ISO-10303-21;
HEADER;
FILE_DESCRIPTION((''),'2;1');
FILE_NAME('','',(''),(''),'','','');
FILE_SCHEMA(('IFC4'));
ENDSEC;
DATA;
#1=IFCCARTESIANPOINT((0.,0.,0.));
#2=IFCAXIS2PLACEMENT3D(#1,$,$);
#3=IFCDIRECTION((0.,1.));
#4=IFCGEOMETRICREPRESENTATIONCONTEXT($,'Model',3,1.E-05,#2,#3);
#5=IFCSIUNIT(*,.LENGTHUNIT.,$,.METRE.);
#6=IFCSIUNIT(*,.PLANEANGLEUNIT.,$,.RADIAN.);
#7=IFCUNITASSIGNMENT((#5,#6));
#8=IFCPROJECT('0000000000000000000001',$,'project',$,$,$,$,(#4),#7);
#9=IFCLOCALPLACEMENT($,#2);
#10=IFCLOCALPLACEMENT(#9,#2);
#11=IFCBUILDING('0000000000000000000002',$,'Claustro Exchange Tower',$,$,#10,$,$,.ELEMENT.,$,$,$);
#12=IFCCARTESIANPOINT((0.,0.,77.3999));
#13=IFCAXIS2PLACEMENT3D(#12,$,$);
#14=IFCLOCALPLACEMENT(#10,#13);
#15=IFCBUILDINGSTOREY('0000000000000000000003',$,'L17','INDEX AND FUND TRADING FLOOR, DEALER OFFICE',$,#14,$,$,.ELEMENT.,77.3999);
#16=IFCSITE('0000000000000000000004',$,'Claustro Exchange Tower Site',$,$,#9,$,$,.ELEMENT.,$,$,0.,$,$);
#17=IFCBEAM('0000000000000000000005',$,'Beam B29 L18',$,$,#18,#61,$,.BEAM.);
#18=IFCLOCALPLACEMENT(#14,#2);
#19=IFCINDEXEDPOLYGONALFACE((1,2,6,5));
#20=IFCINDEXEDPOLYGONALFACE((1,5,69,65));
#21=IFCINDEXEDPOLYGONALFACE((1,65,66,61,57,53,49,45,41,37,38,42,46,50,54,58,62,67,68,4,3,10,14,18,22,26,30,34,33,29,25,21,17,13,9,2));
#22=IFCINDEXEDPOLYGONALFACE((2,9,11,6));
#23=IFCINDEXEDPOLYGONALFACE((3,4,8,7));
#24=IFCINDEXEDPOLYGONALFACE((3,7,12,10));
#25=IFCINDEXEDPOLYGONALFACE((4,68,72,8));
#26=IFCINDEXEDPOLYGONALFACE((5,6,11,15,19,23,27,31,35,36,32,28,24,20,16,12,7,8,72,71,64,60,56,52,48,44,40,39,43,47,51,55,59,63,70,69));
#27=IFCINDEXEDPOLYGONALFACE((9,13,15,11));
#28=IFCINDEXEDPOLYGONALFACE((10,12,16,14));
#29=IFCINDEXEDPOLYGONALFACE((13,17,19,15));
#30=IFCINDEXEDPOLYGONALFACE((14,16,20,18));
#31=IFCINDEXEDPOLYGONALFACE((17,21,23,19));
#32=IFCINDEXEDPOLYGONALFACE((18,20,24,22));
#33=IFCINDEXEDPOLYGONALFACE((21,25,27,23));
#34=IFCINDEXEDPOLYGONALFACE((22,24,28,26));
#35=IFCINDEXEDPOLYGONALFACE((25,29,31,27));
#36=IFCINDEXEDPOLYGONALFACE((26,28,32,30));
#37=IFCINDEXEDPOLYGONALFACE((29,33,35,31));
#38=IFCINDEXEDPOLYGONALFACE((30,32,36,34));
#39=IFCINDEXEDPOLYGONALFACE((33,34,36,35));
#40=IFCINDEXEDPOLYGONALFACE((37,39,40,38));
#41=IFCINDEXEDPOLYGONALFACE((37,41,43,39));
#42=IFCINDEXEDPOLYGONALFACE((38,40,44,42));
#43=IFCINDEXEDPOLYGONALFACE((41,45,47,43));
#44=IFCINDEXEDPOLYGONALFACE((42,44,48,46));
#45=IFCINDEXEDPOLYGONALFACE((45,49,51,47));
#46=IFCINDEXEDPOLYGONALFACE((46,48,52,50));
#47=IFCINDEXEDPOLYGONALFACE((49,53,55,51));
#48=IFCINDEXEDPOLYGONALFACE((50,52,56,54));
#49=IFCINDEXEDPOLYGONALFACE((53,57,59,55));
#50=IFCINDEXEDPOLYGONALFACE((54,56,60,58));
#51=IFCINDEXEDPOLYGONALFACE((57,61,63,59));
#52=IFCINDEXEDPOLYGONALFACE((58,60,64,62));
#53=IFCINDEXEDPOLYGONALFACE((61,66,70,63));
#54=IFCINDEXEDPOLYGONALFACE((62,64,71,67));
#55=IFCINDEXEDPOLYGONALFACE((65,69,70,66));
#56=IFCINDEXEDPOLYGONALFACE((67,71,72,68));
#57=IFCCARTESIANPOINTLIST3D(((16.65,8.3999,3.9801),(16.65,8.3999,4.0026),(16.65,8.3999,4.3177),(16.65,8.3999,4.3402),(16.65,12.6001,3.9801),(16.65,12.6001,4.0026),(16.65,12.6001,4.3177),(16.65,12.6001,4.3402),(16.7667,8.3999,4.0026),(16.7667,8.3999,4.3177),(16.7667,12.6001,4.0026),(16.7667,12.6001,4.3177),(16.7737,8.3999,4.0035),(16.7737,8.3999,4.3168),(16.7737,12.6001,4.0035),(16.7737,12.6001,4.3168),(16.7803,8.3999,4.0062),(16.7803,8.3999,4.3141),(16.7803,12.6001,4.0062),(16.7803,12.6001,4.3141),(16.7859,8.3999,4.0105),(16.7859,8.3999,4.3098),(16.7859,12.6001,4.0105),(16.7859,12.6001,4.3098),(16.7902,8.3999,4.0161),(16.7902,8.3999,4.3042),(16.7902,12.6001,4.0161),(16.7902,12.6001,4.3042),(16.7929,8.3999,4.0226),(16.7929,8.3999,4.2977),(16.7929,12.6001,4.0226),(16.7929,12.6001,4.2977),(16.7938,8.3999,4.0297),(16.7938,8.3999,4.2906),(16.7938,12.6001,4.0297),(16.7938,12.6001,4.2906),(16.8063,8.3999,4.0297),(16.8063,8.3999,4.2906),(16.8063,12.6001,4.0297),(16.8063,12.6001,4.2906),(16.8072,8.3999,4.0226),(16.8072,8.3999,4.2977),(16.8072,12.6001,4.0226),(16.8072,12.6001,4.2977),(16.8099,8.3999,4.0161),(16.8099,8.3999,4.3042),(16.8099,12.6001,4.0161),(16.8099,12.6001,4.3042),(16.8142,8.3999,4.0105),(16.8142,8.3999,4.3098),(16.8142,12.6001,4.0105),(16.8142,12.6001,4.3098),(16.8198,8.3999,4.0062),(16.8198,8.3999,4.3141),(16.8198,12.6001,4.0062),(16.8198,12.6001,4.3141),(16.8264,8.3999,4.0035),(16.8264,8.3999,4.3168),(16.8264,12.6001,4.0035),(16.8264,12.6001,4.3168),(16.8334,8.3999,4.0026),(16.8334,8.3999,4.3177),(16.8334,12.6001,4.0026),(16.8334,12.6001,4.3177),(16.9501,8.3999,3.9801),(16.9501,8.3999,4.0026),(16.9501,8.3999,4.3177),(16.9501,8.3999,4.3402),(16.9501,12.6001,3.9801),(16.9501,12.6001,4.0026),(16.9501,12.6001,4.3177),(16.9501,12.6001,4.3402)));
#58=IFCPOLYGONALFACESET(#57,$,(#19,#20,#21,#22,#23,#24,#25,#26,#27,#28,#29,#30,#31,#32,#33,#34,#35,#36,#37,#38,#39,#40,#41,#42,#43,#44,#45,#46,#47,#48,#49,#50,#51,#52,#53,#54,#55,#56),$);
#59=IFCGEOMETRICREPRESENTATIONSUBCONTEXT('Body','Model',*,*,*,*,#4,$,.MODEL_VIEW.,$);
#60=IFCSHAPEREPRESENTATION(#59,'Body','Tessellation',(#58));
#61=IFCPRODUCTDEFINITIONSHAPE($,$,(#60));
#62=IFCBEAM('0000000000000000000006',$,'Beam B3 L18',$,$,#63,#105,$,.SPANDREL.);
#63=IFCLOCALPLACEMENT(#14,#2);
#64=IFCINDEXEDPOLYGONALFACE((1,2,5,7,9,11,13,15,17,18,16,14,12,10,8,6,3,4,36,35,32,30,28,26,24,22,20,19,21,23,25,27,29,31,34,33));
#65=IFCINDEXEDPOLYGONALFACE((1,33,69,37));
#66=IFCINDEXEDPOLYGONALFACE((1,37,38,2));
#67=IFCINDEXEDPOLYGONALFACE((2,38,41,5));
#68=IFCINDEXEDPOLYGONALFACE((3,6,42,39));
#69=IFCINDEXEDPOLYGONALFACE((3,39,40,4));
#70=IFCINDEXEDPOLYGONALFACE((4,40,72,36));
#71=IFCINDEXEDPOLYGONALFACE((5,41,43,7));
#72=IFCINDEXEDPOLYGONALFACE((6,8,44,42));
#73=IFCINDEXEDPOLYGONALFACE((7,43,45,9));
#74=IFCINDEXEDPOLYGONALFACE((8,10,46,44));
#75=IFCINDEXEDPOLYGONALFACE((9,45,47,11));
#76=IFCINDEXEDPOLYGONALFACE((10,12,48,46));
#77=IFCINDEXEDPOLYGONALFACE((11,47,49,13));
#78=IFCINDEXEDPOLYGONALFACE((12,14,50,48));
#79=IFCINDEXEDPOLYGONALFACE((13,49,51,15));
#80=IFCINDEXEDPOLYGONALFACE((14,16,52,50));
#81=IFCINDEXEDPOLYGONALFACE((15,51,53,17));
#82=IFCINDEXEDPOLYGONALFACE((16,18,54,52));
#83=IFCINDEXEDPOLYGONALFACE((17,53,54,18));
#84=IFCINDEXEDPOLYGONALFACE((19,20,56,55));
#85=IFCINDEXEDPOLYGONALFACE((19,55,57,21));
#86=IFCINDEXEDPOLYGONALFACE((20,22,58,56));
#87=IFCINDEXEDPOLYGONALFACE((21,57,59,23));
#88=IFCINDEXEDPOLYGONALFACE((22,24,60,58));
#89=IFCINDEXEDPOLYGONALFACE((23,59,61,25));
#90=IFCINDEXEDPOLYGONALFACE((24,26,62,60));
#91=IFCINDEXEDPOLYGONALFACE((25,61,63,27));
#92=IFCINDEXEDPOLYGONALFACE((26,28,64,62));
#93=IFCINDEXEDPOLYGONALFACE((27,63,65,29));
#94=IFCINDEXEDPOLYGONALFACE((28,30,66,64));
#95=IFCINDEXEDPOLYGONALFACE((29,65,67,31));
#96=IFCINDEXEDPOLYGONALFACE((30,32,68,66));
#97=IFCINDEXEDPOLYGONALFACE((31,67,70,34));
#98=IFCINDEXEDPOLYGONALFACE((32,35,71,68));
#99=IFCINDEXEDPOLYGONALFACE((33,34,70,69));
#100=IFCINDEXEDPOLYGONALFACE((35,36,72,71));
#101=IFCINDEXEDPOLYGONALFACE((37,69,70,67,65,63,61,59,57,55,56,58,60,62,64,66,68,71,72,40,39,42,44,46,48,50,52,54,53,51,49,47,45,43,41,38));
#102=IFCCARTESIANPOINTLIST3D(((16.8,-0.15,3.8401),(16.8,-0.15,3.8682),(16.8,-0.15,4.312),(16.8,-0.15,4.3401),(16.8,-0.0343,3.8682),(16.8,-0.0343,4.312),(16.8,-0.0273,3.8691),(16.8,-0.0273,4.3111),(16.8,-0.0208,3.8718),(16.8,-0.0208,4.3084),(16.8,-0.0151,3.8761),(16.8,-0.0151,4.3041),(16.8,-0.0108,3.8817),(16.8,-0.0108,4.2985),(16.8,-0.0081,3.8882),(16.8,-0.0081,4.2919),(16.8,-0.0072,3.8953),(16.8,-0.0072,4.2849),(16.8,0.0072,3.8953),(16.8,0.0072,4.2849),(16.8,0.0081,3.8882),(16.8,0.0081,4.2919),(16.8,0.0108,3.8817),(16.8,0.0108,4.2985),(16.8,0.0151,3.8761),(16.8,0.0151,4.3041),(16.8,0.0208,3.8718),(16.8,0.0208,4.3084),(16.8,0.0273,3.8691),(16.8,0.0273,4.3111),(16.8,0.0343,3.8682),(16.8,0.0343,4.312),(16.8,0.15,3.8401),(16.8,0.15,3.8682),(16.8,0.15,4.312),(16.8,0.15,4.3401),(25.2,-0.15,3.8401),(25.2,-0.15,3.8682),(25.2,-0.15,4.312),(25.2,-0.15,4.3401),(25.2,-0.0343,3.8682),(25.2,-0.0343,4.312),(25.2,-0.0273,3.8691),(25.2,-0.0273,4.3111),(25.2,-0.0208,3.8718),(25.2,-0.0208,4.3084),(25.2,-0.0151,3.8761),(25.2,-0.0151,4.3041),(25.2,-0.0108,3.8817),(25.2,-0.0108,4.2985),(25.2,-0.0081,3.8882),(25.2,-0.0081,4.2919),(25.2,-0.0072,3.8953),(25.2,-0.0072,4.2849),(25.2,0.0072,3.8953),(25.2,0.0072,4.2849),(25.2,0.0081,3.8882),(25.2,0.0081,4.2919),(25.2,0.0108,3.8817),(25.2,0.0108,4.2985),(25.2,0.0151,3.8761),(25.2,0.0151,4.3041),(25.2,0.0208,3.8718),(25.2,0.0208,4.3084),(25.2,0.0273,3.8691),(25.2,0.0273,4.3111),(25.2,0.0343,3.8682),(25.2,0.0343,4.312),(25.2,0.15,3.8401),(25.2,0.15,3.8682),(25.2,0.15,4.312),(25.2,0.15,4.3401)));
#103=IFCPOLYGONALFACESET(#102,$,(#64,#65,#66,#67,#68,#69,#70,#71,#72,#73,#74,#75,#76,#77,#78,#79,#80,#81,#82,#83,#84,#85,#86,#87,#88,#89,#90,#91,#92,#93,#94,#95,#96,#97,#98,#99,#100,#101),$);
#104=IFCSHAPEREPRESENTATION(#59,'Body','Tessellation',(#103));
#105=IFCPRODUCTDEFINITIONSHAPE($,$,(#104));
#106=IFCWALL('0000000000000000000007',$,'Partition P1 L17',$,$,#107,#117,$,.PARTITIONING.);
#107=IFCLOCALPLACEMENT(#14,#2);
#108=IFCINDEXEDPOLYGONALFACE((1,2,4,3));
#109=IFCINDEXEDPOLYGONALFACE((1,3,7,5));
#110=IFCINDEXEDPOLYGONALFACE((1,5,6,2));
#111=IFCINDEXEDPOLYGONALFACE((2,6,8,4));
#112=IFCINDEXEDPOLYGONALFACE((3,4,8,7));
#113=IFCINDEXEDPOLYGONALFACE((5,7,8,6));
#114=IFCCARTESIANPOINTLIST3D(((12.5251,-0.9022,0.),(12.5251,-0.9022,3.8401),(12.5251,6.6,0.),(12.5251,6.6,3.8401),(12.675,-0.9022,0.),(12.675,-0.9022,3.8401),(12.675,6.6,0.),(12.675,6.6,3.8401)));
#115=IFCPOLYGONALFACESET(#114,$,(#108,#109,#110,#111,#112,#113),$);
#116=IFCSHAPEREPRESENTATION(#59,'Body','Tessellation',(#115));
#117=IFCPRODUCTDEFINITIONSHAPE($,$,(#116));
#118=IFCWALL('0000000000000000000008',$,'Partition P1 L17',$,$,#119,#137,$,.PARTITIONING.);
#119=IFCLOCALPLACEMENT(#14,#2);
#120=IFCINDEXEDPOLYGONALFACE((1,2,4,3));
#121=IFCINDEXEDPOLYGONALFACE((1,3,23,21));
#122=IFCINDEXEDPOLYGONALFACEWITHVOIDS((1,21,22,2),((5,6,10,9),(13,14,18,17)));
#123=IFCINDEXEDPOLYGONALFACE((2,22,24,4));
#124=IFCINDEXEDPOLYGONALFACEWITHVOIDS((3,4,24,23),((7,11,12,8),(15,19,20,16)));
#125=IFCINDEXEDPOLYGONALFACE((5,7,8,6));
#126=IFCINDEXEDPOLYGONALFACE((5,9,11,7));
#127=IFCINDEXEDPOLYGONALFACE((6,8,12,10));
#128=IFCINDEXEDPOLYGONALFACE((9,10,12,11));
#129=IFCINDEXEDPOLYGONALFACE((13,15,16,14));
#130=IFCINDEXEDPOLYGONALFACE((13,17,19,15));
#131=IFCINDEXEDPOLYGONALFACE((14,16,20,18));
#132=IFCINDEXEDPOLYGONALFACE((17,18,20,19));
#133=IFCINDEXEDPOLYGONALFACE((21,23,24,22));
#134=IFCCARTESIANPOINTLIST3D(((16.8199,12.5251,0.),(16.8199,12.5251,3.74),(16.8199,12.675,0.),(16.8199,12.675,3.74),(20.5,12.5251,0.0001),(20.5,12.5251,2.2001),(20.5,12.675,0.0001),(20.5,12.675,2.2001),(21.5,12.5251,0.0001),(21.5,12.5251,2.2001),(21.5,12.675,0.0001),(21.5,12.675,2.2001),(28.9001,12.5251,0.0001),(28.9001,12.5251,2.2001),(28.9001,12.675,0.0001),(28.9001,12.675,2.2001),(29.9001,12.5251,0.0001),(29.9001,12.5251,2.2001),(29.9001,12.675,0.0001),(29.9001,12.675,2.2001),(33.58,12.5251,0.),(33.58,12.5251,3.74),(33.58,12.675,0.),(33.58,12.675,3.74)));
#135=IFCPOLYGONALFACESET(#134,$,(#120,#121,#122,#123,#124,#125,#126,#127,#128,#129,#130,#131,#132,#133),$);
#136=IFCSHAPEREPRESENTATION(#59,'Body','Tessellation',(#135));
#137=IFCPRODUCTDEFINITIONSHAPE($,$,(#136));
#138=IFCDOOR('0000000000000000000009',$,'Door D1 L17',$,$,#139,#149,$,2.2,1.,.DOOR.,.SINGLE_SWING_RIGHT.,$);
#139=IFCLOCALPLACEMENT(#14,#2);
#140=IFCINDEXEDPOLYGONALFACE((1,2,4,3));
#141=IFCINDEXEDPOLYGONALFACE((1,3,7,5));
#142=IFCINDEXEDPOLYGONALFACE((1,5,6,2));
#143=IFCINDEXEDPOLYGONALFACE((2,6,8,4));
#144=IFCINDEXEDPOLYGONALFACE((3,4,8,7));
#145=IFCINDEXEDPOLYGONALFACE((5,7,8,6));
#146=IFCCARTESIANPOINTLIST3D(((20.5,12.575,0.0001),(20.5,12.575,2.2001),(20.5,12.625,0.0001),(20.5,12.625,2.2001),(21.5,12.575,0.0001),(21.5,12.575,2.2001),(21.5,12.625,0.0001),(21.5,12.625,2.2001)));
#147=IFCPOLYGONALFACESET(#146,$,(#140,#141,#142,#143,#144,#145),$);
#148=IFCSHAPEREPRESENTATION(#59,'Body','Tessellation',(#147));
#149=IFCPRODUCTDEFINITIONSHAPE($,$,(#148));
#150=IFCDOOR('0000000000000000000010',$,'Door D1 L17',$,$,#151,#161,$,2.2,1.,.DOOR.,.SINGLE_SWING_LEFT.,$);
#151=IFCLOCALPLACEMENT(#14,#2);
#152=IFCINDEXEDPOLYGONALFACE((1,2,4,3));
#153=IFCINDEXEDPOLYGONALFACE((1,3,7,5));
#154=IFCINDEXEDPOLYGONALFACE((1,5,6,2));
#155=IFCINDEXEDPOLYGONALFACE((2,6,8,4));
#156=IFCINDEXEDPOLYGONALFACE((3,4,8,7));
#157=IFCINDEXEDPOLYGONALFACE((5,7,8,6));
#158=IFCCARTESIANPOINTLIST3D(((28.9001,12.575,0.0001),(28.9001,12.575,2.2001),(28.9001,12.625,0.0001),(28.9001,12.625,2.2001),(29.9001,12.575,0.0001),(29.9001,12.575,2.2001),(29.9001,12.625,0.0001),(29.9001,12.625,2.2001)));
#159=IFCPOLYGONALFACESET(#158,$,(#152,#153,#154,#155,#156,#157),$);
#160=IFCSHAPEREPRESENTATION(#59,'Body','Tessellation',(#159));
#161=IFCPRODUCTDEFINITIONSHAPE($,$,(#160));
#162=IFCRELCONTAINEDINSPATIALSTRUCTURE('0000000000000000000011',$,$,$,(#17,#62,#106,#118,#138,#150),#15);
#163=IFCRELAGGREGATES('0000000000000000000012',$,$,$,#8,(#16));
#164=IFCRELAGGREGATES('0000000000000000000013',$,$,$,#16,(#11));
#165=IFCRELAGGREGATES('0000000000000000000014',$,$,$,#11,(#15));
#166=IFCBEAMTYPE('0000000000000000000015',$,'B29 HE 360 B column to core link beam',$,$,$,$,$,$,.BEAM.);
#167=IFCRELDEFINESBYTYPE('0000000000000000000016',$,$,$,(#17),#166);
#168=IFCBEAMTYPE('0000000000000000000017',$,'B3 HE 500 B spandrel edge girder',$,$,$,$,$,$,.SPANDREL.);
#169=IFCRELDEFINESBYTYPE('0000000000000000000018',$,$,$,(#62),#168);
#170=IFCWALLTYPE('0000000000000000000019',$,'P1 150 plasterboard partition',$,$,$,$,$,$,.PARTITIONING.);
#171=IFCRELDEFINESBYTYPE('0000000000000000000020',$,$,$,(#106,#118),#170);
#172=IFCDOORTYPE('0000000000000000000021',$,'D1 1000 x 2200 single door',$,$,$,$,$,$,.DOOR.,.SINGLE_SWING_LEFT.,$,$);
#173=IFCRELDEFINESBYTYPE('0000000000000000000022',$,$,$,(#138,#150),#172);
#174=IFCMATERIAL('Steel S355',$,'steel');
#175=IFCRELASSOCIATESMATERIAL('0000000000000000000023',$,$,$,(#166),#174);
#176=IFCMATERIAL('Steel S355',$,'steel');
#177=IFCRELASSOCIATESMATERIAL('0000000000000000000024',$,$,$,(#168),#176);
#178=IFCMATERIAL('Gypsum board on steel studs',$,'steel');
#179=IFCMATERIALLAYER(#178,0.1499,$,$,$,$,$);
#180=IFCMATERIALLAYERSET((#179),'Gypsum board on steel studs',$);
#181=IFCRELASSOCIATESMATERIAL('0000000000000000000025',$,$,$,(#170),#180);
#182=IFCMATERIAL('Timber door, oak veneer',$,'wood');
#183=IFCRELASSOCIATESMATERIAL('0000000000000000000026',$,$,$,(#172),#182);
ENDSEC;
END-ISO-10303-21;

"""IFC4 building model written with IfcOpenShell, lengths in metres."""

from ifc_helpers import new_model, si_unit, direction, frame, frame_2d, origin, origin_2d, place, context, subcontext, project, spatial, rectangle, i_section, extrude, material, layer, layer_set, material_profile, profile_set, type_object, element, fill, save


model = new_model("IFC4")

# Units and contexts
model_context = context("Model", 3, precision=1e-05, world=origin(), true_north=direction((0.0, 1.0)))
body_context = subcontext(model_context, "Body", "Model", "MODEL_VIEW")
ifc_project = project(units=[si_unit("LENGTHUNIT", "METRE"), si_unit("PLANEANGLEUNIT", "RADIAN")], contexts=[model_context])

# Site, building, storey
site_placement = place(None, origin())
site = spatial("IfcSite", under=ifc_project, at=site_placement, Name="Claustro Exchange Tower Site", CompositionType="ELEMENT", RefElevation=0.0)
building_placement = place(site_placement, origin())
building = spatial("IfcBuilding", under=site, at=building_placement, Name="Claustro Exchange Tower", CompositionType="ELEMENT")
storey_placement = place(building_placement, frame((0.0, 0.0, 77.3999)))
storey = spatial("IfcBuildingStorey", under=building, at=storey_placement, Name="L17", Description="INDEX AND FUND TRADING FLOOR, DEALER OFFICE", CompositionType="ELEMENT", Elevation=77.3999)

# Beams
ifc_material_1 = material(Name="Steel S355", Category="steel")
ifc_material_profile_1 = material_profile(ifc_material_1, i_section(OverallWidth=0.3, OverallDepth=0.3601, WebThickness=0.0125, FlangeThickness=0.0225, FilletRadius=0.0271, at=origin_2d()), Name="HE 360 B")
ifc_profile_set_1 = profile_set([ifc_material_profile_1], Name="Steel S355")
beam_type_1 = type_object("IfcBeamType", Name="B29 HE 360 B column to core link beam", PredefinedType="BEAM", material=ifc_profile_set_1)
for number, where, z_axis, x_axis, name in (
    (1, (16.8, 8.3999, 4.1602), (0.0, 1.0, 0.0), (-1.0, 0.0, 0.0), "Beam B29 L18"),
):
    element("IfcBeam", number, at=place(storey_placement, frame(where, z_axis=z_axis, x_axis=x_axis)), inside=storey, type_object=beam_type_1, Name=name, PredefinedType="BEAM", context=body_context, shape_type="SweptSolid", body=[
        extrude(i_section(OverallWidth=0.3, OverallDepth=0.3601, WebThickness=0.0125, FlangeThickness=0.0225, FilletRadius=0.0271, at=origin_2d()), origin(), (0.0, 0.0, 1.0), 4.2002),
    ])
ifc_material_2 = material(Name="Steel S355", Category="steel")
ifc_material_profile_2 = material_profile(ifc_material_2, i_section(OverallWidth=0.3, OverallDepth=0.5, WebThickness=0.0144, FlangeThickness=0.0281, FilletRadius=0.0271, at=origin_2d()), Name="HE 500 B")
ifc_profile_set_2 = profile_set([ifc_material_profile_2], Name="Steel S355")
beam_type_2 = type_object("IfcBeamType", Name="B3 HE 500 B spandrel edge girder", PredefinedType="SPANDREL", material=ifc_profile_set_2)
beam_1_placement = place(storey_placement, frame((16.8, 0.0, 4.0901), z_axis=(1.0, 0.0, 0.0), x_axis=(0.0, 1.0, 0.0)))
element("IfcBeam", 2, at=beam_1_placement, inside=storey, type_object=beam_type_2, Name="Beam B3 L18", PredefinedType="SPANDREL", context=body_context, shape_type="SweptSolid", body=[
    extrude(i_section(OverallWidth=0.3, OverallDepth=0.5, WebThickness=0.0144, FlangeThickness=0.0281, FilletRadius=0.0271, at=origin_2d()), origin(), (0.0, 0.0, 1.0), 8.3999),
])

# Wall
ifc_material_3 = material(Name="Gypsum board on steel studs", Category="steel")
ifc_layer_1 = layer(ifc_material_3, 0.1499)
ifc_layer_set_1 = layer_set([ifc_layer_1], Name="Gypsum board on steel studs")
wall_type_1 = type_object("IfcWallType", Name="P1 150 plasterboard partition", PredefinedType="PARTITIONING", material=ifc_layer_set_1)
wall_1_placement = place(storey_placement, frame((12.6001, -0.9021, 0.0), z_axis=(0.0, 0.0, 1.0), x_axis=(0.0, 1.0, 0.0)))
element("IfcWall", 3, at=wall_1_placement, inside=storey, type_object=wall_type_1, Name="Partition P1 L17", PredefinedType="PARTITIONING", context=body_context, shape_type="SweptSolid", body=[
    extrude(rectangle(XDim=7.5022, YDim=0.1499, at=frame_2d((3.751, 0.0))), origin(), (0.0, 0.0, 1.0), 3.8401),
])

# Wall, openings, doors
wall_2_placement = place(storey_placement, frame((16.8201, 12.6001, 0.0), z_axis=(0.0, 0.0, 1.0), x_axis=(1.0, 0.0, 0.0)))
wall_2 = element("IfcWall", 4, at=wall_2_placement, inside=storey, type_object=wall_type_1, Name="Partition P1 L17", PredefinedType="PARTITIONING", context=body_context, shape_type="SweptSolid", body=[
    extrude(rectangle(XDim=16.76, YDim=0.1499, at=frame_2d((8.3799, 0.0))), origin(), (0.0, 0.0, 1.0), 3.74),
])
opening_1_placement = place(wall_2_placement, frame((3.6799, 0.0, 0.0)))
opening_1 = element("IfcOpeningElement", 5, at=opening_1_placement, cuts=wall_2, PredefinedType="OPENING", context=body_context, shape_type="SweptSolid", body=[
    extrude(rectangle(XDim=1.0, YDim=2.2, at=frame_2d((0.5, 1.1001))), frame((0.0, 0.085, 0.0), z_axis=(0.0, -1.0, 0.0), x_axis=(1.0, 0.0, 0.0)), (0.0, 0.0, 1.0), 0.1699),
])
opening_2_placement = place(wall_2_placement, frame((12.0801, 0.0, 0.0)))
opening_2 = element("IfcOpeningElement", 6, at=opening_2_placement, cuts=wall_2, PredefinedType="OPENING", context=body_context, shape_type="SweptSolid", body=[
    extrude(rectangle(XDim=1.0, YDim=2.2, at=frame_2d((0.5, 1.1001))), frame((0.0, 0.085, 0.0), z_axis=(0.0, -1.0, 0.0), x_axis=(1.0, 0.0, 0.0)), (0.0, 0.0, 1.0), 0.1699),
])
ifc_material_4 = material(Name="Timber door, oak veneer", Category="wood")
door_type_1 = type_object("IfcDoorType", Name="D1 1000 x 2200 single door", OperationType="SINGLE_SWING_LEFT", PredefinedType="DOOR", material=ifc_material_4)
door_1_placement = place(opening_1_placement, origin())
door_1 = element("IfcDoor", 7, at=door_1_placement, inside=storey, type_object=door_type_1, Name="Door D1 L17", OperationType="SINGLE_SWING_RIGHT", OverallHeight=2.2, OverallWidth=1.0, PredefinedType="DOOR", context=body_context, shape_type="SweptSolid", body=[
    extrude(rectangle(XDim=1.0, YDim=2.2, at=frame_2d((0.5, 1.1001))), frame((0.0, 0.0249, 0.0), z_axis=(0.0, -1.0, 0.0), x_axis=(1.0, 0.0, 0.0)), (0.0, 0.0, 1.0), 0.05),
])
fill(opening_1, door_1)
door_2_placement = place(opening_2_placement, origin())
door_2 = element("IfcDoor", 8, at=door_2_placement, inside=storey, type_object=door_type_1, Name="Door D1 L17", OperationType="SINGLE_SWING_LEFT", OverallHeight=2.2, OverallWidth=1.0, PredefinedType="DOOR", context=body_context, shape_type="SweptSolid", body=[
    extrude(rectangle(XDim=1.0, YDim=2.2, at=frame_2d((0.5, 1.1001))), frame((0.0, 0.0249, 0.0), z_axis=(0.0, -1.0, 0.0), x_axis=(1.0, 0.0, 0.0)), (0.0, 0.0, 1.0), 0.05),
])
fill(opening_2, door_2)

save(model, "model.ifc")
